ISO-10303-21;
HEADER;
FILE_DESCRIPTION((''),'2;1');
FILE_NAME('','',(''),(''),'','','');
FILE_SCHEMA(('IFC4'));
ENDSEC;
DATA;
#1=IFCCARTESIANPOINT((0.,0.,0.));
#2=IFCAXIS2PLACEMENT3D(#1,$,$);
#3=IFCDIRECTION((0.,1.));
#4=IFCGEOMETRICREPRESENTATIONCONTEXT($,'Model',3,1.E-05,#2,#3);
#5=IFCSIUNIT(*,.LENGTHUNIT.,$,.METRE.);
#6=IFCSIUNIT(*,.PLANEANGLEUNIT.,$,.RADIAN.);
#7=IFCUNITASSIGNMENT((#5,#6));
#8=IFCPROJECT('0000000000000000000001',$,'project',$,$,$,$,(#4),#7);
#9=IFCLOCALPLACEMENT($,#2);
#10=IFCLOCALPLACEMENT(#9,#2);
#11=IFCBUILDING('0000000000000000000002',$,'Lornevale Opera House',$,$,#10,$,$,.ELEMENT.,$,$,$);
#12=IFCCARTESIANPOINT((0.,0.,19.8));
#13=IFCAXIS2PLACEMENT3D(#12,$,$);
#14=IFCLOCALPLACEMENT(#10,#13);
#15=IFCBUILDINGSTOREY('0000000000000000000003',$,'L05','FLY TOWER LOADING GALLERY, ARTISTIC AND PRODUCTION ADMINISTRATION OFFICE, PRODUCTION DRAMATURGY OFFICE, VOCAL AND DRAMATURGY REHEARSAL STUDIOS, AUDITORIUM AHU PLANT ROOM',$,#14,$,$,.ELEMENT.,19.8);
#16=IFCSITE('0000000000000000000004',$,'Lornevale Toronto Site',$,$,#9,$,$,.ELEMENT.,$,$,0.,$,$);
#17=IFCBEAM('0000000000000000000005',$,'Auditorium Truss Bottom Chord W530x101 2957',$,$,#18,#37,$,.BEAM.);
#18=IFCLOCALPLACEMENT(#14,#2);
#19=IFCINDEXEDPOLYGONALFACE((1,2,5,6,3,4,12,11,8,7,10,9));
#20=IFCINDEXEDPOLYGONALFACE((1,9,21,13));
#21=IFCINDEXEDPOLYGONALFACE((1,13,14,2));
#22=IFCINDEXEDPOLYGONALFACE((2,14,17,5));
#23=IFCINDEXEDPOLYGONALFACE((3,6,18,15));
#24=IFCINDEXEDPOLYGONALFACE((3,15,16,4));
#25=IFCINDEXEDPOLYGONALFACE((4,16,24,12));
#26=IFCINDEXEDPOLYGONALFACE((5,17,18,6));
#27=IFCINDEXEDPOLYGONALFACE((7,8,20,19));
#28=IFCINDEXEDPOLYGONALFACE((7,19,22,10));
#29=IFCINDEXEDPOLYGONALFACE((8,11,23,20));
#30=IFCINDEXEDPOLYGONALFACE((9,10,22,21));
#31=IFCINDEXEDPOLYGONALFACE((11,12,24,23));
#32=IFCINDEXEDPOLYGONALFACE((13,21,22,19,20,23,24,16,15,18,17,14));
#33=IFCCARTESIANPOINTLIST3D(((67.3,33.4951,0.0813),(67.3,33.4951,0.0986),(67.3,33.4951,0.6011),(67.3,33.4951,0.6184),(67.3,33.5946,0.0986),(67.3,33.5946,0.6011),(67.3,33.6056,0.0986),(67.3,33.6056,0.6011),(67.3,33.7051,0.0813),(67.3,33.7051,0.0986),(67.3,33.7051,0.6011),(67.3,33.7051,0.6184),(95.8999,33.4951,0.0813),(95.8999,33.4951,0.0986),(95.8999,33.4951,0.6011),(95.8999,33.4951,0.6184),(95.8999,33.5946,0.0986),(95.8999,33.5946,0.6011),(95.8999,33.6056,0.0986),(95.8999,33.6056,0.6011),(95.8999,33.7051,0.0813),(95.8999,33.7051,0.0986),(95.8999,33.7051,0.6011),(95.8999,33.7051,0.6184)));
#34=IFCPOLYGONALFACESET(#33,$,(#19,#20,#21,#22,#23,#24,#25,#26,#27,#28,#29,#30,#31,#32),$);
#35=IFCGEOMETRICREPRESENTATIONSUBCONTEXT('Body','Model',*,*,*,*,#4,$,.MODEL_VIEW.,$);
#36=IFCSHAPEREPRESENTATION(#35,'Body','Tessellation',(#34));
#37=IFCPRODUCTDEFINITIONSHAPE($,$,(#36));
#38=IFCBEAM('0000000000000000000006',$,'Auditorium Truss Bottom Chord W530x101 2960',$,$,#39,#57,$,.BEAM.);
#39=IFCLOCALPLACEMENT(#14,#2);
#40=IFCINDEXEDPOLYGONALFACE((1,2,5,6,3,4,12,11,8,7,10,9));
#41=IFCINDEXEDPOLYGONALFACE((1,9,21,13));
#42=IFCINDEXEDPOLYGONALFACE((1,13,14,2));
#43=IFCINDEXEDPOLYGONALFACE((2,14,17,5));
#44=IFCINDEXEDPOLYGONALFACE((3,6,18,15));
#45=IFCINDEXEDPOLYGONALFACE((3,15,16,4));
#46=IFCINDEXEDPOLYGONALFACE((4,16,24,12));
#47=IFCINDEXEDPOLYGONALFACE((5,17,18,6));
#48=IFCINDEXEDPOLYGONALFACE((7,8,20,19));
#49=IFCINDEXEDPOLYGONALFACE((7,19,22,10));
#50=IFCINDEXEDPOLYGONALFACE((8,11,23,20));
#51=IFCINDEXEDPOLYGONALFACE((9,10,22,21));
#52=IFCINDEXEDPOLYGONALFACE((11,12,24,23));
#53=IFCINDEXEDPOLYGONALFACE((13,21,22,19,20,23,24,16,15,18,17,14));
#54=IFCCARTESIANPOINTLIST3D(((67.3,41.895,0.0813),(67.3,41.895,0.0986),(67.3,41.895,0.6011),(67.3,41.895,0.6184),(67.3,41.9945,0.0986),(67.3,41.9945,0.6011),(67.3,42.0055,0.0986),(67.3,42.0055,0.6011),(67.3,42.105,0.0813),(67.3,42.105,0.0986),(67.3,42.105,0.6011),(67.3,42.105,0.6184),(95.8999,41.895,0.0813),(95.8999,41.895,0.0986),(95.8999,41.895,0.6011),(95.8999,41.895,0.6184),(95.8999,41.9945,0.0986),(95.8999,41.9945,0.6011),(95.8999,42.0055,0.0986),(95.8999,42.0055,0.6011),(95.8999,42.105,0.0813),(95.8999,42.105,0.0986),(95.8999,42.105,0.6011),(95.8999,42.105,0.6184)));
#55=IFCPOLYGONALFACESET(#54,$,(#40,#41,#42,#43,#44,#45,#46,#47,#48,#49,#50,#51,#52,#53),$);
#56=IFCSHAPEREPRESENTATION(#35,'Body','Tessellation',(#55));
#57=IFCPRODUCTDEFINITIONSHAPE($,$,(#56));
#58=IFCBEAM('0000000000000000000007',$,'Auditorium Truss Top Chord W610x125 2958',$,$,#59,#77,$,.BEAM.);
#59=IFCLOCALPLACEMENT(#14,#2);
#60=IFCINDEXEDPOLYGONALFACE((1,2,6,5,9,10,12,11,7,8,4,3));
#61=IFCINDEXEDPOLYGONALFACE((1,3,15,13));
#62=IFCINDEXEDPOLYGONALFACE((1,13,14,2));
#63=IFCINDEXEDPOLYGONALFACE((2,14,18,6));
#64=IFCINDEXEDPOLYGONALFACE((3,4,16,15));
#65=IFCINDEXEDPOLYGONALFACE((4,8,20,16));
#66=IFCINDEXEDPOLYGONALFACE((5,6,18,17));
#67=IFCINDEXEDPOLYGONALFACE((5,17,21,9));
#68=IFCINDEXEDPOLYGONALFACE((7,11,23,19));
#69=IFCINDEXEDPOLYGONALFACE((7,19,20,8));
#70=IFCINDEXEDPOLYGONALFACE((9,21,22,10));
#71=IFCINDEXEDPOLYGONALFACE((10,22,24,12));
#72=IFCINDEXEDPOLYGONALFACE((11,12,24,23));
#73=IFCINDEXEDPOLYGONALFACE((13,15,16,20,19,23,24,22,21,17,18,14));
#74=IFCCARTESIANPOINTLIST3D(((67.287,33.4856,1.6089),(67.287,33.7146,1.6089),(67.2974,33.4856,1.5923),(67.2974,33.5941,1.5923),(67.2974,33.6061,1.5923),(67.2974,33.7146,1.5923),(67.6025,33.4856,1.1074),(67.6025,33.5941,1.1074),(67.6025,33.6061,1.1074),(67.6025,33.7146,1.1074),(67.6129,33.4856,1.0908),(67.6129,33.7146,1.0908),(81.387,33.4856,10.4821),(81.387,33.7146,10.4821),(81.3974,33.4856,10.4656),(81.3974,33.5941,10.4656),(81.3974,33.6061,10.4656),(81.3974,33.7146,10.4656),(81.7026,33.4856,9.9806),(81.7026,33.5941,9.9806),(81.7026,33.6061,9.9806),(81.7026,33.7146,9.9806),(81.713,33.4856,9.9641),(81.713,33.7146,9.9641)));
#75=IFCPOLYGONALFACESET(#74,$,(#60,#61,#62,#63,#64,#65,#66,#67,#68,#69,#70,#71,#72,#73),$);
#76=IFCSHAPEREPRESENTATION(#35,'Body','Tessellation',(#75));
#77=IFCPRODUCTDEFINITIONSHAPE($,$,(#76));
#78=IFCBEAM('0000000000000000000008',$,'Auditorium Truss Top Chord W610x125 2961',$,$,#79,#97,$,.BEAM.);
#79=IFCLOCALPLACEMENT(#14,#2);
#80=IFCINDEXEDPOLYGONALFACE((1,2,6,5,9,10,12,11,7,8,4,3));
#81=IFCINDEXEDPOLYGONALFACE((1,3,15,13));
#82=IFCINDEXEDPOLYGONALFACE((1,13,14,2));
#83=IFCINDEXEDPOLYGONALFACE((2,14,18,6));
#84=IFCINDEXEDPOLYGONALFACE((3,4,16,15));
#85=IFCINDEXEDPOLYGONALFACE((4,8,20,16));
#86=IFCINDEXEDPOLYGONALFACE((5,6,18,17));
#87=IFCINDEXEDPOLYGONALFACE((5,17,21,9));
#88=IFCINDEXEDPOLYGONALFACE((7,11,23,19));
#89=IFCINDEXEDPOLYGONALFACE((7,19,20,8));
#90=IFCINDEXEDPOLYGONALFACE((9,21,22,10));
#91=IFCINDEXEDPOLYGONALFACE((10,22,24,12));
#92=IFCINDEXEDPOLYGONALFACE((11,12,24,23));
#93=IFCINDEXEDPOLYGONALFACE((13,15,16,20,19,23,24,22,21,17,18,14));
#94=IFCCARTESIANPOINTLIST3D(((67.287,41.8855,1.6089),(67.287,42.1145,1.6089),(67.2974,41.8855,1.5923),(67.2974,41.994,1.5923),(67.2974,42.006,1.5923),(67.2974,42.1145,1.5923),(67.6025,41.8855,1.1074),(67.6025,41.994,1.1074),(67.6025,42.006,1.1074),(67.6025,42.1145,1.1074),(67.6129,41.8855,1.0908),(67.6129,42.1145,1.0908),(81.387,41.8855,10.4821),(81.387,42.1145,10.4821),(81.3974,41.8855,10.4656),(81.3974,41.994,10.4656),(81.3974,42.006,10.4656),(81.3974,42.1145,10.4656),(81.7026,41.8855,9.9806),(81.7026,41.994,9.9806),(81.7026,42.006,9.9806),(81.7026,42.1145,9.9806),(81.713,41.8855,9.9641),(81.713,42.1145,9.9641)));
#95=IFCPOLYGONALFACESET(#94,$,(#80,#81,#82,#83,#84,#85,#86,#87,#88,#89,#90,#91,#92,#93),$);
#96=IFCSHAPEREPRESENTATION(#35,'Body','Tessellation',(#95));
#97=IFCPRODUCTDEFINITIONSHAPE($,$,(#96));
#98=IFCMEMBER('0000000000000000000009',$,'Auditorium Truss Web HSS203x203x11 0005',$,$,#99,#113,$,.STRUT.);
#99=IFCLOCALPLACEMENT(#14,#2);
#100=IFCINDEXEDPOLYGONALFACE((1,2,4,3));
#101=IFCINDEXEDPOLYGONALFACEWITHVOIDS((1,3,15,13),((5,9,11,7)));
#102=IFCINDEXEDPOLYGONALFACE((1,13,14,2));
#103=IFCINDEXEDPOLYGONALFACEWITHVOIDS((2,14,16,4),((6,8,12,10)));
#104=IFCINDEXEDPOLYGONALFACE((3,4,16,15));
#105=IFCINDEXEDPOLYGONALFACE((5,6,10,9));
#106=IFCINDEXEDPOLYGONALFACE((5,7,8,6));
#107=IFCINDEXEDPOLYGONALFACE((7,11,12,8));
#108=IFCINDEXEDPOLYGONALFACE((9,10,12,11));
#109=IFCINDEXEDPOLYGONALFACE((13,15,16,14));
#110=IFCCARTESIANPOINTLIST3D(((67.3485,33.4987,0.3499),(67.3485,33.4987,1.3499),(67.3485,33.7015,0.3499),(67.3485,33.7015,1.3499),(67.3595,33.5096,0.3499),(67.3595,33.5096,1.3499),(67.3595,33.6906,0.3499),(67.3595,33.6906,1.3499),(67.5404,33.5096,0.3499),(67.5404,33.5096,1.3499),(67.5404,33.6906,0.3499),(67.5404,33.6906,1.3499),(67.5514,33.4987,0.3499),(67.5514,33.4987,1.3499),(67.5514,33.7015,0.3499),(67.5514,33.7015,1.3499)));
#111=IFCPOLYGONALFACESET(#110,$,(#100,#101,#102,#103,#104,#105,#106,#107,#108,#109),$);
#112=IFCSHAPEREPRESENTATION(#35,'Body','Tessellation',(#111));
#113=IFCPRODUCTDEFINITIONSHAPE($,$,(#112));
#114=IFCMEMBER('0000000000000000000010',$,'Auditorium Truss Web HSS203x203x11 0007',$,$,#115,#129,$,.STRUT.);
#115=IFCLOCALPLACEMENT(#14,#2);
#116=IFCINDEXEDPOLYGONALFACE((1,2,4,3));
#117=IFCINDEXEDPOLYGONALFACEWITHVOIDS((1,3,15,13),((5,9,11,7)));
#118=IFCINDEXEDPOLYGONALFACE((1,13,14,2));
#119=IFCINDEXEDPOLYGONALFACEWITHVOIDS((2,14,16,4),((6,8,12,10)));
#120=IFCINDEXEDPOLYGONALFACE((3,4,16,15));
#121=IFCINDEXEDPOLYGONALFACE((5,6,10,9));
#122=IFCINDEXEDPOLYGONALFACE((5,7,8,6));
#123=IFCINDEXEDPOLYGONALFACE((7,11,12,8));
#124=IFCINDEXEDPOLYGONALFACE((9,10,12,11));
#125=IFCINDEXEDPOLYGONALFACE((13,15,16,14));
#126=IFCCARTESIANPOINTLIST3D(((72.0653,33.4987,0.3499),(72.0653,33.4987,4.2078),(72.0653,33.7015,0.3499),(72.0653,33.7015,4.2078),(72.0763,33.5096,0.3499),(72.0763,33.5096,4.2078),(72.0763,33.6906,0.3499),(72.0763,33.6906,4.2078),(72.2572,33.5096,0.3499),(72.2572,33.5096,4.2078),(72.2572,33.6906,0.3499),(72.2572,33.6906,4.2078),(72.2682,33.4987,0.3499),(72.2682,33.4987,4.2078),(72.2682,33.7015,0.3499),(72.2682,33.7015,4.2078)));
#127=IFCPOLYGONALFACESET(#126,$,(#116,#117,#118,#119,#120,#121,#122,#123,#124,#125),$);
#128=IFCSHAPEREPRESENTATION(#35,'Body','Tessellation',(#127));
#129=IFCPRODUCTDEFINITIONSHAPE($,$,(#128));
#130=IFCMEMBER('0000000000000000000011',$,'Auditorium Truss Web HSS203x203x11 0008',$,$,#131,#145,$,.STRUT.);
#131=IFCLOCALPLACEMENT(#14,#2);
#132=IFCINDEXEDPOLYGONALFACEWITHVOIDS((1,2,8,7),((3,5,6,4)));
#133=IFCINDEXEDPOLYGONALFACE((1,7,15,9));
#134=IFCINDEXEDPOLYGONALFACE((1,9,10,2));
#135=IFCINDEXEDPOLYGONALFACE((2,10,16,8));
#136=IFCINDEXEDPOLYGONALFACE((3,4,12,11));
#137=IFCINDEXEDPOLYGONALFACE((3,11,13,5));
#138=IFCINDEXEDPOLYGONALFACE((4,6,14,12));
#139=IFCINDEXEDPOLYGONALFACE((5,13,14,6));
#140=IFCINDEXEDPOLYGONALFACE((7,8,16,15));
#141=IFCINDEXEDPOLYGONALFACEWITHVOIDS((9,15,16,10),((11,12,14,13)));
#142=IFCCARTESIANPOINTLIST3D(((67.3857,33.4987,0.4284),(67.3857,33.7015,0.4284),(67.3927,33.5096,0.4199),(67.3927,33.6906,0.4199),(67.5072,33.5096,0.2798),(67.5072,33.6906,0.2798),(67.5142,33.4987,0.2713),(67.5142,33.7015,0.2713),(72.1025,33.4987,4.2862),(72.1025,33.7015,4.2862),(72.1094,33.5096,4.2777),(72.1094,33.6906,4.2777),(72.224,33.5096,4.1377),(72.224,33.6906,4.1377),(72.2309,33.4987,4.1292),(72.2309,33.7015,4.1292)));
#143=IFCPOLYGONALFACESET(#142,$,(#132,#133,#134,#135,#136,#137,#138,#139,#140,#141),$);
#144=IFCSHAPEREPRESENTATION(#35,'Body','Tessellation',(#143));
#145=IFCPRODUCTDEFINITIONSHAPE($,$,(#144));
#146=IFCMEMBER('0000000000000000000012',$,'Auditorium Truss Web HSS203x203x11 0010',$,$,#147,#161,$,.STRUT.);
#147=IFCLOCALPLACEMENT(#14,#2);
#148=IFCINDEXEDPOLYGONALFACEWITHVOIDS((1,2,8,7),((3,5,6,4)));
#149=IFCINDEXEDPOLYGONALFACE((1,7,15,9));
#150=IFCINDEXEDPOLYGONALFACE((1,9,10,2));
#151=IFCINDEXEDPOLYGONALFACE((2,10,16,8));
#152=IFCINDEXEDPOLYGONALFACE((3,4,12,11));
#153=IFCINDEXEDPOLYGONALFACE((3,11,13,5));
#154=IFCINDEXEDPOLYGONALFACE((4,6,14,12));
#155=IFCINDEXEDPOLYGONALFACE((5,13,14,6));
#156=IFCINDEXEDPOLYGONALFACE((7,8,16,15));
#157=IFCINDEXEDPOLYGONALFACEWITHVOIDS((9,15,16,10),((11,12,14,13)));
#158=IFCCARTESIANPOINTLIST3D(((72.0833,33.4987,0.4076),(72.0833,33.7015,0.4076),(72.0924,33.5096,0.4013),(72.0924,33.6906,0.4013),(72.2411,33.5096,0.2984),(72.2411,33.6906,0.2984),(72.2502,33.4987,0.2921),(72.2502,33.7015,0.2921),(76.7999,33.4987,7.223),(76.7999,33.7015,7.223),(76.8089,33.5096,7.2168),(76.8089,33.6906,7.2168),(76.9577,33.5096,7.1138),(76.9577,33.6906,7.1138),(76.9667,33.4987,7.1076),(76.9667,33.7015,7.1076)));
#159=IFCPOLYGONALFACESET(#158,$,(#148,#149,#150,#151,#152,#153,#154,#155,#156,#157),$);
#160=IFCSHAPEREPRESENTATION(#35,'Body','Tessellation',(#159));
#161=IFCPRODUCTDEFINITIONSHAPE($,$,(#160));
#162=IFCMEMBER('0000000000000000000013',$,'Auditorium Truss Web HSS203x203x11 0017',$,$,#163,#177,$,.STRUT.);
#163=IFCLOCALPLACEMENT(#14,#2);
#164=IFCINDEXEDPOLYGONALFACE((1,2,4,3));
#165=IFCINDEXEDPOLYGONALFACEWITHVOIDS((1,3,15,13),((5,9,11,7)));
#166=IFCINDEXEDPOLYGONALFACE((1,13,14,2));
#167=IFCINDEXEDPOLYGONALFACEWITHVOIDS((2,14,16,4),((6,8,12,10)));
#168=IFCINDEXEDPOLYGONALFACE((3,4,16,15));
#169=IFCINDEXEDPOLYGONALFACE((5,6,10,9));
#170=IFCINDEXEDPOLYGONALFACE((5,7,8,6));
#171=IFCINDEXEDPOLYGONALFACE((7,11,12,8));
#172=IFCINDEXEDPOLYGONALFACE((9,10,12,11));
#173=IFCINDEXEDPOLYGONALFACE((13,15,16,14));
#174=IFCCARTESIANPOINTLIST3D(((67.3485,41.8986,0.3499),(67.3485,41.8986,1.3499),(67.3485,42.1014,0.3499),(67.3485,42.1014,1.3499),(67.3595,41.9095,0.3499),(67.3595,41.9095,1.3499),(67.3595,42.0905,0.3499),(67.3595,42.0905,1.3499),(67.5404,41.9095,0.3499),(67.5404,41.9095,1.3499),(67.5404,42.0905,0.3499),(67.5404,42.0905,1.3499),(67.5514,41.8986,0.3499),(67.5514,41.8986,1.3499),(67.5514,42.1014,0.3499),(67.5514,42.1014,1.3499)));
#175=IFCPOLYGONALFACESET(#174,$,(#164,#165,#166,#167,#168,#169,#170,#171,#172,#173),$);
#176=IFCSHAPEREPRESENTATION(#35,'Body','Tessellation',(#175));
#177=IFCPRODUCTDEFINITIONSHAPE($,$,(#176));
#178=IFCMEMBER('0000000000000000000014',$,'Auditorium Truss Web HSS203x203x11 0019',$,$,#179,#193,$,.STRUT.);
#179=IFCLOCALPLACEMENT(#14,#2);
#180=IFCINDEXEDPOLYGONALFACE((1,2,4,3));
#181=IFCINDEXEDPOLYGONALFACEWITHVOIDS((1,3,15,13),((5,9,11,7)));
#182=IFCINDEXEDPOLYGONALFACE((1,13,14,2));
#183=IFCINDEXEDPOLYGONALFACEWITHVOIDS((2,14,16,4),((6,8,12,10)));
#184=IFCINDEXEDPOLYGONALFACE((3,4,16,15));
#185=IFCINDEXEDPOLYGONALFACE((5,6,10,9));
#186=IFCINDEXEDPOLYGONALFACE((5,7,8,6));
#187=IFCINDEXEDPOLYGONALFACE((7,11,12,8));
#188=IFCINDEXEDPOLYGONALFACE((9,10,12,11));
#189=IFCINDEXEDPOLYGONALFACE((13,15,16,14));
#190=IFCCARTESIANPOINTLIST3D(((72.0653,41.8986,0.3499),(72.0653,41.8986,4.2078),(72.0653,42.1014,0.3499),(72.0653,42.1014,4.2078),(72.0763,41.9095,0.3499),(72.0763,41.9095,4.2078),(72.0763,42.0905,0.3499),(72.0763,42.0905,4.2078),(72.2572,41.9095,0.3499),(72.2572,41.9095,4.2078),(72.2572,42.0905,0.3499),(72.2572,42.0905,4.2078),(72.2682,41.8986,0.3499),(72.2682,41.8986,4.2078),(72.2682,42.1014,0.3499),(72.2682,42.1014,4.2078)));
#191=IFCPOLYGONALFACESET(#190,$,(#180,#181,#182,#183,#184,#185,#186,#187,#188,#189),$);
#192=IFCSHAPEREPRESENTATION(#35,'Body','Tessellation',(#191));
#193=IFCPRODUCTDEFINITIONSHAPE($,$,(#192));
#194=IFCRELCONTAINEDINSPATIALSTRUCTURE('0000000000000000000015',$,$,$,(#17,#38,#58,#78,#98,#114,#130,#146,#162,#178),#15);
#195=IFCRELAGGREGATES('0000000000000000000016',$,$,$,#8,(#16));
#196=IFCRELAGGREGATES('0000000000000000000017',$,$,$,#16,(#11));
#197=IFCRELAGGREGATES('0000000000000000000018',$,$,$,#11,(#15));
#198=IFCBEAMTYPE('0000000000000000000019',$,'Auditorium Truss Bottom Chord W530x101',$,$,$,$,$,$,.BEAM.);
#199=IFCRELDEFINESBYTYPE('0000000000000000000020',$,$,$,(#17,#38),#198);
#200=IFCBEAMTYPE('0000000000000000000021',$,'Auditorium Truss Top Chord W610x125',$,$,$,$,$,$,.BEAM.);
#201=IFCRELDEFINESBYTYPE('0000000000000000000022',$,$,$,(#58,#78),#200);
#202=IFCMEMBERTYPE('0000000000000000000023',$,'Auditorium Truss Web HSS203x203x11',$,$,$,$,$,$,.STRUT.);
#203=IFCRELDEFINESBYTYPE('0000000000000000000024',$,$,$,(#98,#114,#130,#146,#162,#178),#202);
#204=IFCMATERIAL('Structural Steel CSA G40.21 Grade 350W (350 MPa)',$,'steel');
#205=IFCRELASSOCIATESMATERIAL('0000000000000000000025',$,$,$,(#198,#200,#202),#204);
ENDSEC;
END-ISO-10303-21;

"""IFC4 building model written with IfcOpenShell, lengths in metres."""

from ifc_helpers import new_model, si_unit, direction, frame, origin, origin_2d, place, context, subcontext, project, spatial, hollow_rectangle, i_section, extrude, material, material_profile, profile_set, type_object, element, save


model = new_model("IFC4")

# Units and contexts
model_context = context("Model", 3, precision=1e-05, world=origin(), true_north=direction((0.0, 1.0)))
body_context = subcontext(model_context, "Body", "Model", "MODEL_VIEW")
ifc_project = project(units=[si_unit("LENGTHUNIT", "METRE"), si_unit("PLANEANGLEUNIT", "RADIAN")], contexts=[model_context])

# Site, building, storey
site_placement = place(None, origin())
site = spatial("IfcSite", under=ifc_project, at=site_placement, Name="Lornevale Toronto Site", CompositionType="ELEMENT", RefElevation=0.0)
building_placement = place(site_placement, origin())
building = spatial("IfcBuilding", under=site, at=building_placement, Name="Lornevale Opera House", CompositionType="ELEMENT")
storey_placement = place(building_placement, frame((0.0, 0.0, 19.8)))
storey = spatial("IfcBuildingStorey", under=building, at=storey_placement, Name="L05", Description="FLY TOWER LOADING GALLERY, ARTISTIC AND PRODUCTION ADMINISTRATION OFFICE, PRODUCTION DRAMATURGY OFFICE, VOCAL AND DRAMATURGY REHEARSAL STUDIOS, AUDITORIUM AHU PLANT ROOM", CompositionType="ELEMENT", Elevation=19.8)

# Beams
ifc_material_1 = material(Name="Structural Steel CSA G40.21 Grade 350W (350 MPa)", Category="steel")
ifc_material_profile_1 = material_profile(ifc_material_1, i_section(OverallWidth=0.21, OverallDepth=0.5371, WebThickness=0.011, FlangeThickness=0.0173, at=origin_2d()), Name="W530x101")
ifc_profile_set_1 = profile_set([ifc_material_profile_1], Name="Structural Steel CSA G40.21 Grade 350W (350 MPa)")
beam_type_1 = type_object("IfcBeamType", Name="Auditorium Truss Bottom Chord W530x101", PredefinedType="BEAM", material=ifc_profile_set_1)
for number, where, z_axis, x_axis, name in (
    (1, (67.3, 33.6001, 0.3499), (1.0, 0.0, 0.0), (0.0, 1.0, 0.0), "Auditorium Truss Bottom Chord W530x101 2957"),
    (2, (67.3, 42.0, 0.3499), (1.0, 0.0, 0.0), (0.0, 1.0, 0.0), "Auditorium Truss Bottom Chord W530x101 2960"),
):
    element("IfcBeam", number, at=place(storey_placement, frame(where, z_axis=z_axis, x_axis=x_axis)), inside=storey, type_object=beam_type_1, Name=name, PredefinedType="BEAM", context=body_context, shape_type="SweptSolid", body=[
        extrude(i_section(OverallWidth=0.21, OverallDepth=0.5371, WebThickness=0.011, FlangeThickness=0.0173, at=origin_2d()), origin(), (0.0, 0.0, 1.0), 28.5999),
    ])
ifc_material_profile_2 = material_profile(ifc_material_1, i_section(OverallWidth=0.229, OverallDepth=0.6121, WebThickness=0.012, FlangeThickness=0.0195, at=origin_2d()), Name="W610x125")
ifc_profile_set_2 = profile_set([ifc_material_profile_2], Name="Structural Steel CSA G40.21 Grade 350W (350 MPa)")
beam_type_2 = type_object("IfcBeamType", Name="Auditorium Truss Top Chord W610x125", PredefinedType="BEAM", material=ifc_profile_set_2)
for number, where, z_axis, x_axis, name in (
    (3, (67.45, 33.6001, 1.3499), (0.846356, 0.0, 0.532618), (0.0, 1.0, 0.0), "Auditorium Truss Top Chord W610x125 2958"),
    (4, (67.45, 42.0, 1.3499), (0.846356, 0.0, 0.532618), (0.0, 1.0, 0.0), "Auditorium Truss Top Chord W610x125 2961"),
):
    element("IfcBeam", number, at=place(storey_placement, frame(where, z_axis=z_axis, x_axis=x_axis)), inside=storey, type_object=beam_type_2, Name=name, PredefinedType="BEAM", context=body_context, shape_type="SweptSolid", body=[
        extrude(i_section(OverallWidth=0.229, OverallDepth=0.6121, WebThickness=0.012, FlangeThickness=0.0195, at=origin_2d()), origin(), (0.0, 0.0, 1.0), 16.6597),
    ])

# Members
ifc_material_profile_3 = material_profile(ifc_material_1, hollow_rectangle(XDim=0.2029, YDim=0.2029, WallThickness=0.011, at=origin_2d()), Name="HSS203x203x11")
ifc_profile_set_3 = profile_set([ifc_material_profile_3], Name="Structural Steel CSA G40.21 Grade 350W (350 MPa)")
member_type_1 = type_object("IfcMemberType", Name="Auditorium Truss Web HSS203x203x11", PredefinedType="STRUT", material=ifc_profile_set_3)
member_1_placement = place(storey_placement, frame((67.45, 33.6001, 0.3499), z_axis=(0.0, 0.0, 1.0), x_axis=(1.0, 0.0, 0.0)))
element("IfcMember", 5, at=member_1_placement, inside=storey, type_object=member_type_1, Name="Auditorium Truss Web HSS203x203x11 0005", PredefinedType="STRUT", context=body_context, shape_type="SweptSolid", body=[
    extrude(hollow_rectangle(XDim=0.2029, YDim=0.2029, WallThickness=0.011, at=origin_2d()), origin(), (0.0, 0.0, 1.0), 1.0),
])
member_2_placement = place(storey_placement, frame((72.1667, 33.6001, 0.3499), z_axis=(0.0, 0.0, 1.0), x_axis=(1.0, 0.0, 0.0)))
element("IfcMember", 6, at=member_2_placement, inside=storey, type_object=member_type_1, Name="Auditorium Truss Web HSS203x203x11 0007", PredefinedType="STRUT", context=body_context, shape_type="SweptSolid", body=[
    extrude(hollow_rectangle(XDim=0.2029, YDim=0.2029, WallThickness=0.011, at=origin_2d()), origin(), (0.0, 0.0, 1.0), 3.8579),
])
member_3_placement = place(storey_placement, frame((67.45, 33.6001, 0.3499), z_axis=(0.774061, 0.0, 0.633111), x_axis=(0.0, 1.0, 0.0)))
element("IfcMember", 7, at=member_3_placement, inside=storey, type_object=member_type_1, Name="Auditorium Truss Web HSS203x203x11 0008", PredefinedType="STRUT", context=body_context, shape_type="SweptSolid", body=[
    extrude(hollow_rectangle(XDim=0.2029, YDim=0.2029, WallThickness=0.011, at=origin_2d()), origin(), (0.0, 0.0, 1.0), 6.0935),
])
member_4_placement = place(storey_placement, frame((72.1667, 33.6001, 0.3499), z_axis=(0.569061, 0.0, 0.822295), x_axis=(0.0, 1.0, 0.0)))
element("IfcMember", 8, at=member_4_placement, inside=storey, type_object=member_type_1, Name="Auditorium Truss Web HSS203x203x11 0010", PredefinedType="STRUT", context=body_context, shape_type="SweptSolid", body=[
    extrude(hollow_rectangle(XDim=0.2029, YDim=0.2029, WallThickness=0.011, at=origin_2d()), origin(), (0.0, 0.0, 1.0), 8.2883),
])
member_5_placement = place(storey_placement, frame((67.45, 42.0, 0.3499), z_axis=(0.0, 0.0, 1.0), x_axis=(1.0, 0.0, 0.0)))
element("IfcMember", 9, at=member_5_placement, inside=storey, type_object=member_type_1, Name="Auditorium Truss Web HSS203x203x11 0017", PredefinedType="STRUT", context=body_context, shape_type="SweptSolid", body=[
    extrude(hollow_rectangle(XDim=0.2029, YDim=0.2029, WallThickness=0.011, at=origin_2d()), origin(), (0.0, 0.0, 1.0), 1.0),
])
member_6_placement = place(storey_placement, frame((72.1667, 42.0, 0.3499), z_axis=(0.0, 0.0, 1.0), x_axis=(1.0, 0.0, 0.0)))
element("IfcMember", 10, at=member_6_placement, inside=storey, type_object=member_type_1, Name="Auditorium Truss Web HSS203x203x11 0019", PredefinedType="STRUT", context=body_context, shape_type="SweptSolid", body=[
    extrude(hollow_rectangle(XDim=0.2029, YDim=0.2029, WallThickness=0.011, at=origin_2d()), origin(), (0.0, 0.0, 1.0), 3.8579),
])

save(model, "model.ifc")
